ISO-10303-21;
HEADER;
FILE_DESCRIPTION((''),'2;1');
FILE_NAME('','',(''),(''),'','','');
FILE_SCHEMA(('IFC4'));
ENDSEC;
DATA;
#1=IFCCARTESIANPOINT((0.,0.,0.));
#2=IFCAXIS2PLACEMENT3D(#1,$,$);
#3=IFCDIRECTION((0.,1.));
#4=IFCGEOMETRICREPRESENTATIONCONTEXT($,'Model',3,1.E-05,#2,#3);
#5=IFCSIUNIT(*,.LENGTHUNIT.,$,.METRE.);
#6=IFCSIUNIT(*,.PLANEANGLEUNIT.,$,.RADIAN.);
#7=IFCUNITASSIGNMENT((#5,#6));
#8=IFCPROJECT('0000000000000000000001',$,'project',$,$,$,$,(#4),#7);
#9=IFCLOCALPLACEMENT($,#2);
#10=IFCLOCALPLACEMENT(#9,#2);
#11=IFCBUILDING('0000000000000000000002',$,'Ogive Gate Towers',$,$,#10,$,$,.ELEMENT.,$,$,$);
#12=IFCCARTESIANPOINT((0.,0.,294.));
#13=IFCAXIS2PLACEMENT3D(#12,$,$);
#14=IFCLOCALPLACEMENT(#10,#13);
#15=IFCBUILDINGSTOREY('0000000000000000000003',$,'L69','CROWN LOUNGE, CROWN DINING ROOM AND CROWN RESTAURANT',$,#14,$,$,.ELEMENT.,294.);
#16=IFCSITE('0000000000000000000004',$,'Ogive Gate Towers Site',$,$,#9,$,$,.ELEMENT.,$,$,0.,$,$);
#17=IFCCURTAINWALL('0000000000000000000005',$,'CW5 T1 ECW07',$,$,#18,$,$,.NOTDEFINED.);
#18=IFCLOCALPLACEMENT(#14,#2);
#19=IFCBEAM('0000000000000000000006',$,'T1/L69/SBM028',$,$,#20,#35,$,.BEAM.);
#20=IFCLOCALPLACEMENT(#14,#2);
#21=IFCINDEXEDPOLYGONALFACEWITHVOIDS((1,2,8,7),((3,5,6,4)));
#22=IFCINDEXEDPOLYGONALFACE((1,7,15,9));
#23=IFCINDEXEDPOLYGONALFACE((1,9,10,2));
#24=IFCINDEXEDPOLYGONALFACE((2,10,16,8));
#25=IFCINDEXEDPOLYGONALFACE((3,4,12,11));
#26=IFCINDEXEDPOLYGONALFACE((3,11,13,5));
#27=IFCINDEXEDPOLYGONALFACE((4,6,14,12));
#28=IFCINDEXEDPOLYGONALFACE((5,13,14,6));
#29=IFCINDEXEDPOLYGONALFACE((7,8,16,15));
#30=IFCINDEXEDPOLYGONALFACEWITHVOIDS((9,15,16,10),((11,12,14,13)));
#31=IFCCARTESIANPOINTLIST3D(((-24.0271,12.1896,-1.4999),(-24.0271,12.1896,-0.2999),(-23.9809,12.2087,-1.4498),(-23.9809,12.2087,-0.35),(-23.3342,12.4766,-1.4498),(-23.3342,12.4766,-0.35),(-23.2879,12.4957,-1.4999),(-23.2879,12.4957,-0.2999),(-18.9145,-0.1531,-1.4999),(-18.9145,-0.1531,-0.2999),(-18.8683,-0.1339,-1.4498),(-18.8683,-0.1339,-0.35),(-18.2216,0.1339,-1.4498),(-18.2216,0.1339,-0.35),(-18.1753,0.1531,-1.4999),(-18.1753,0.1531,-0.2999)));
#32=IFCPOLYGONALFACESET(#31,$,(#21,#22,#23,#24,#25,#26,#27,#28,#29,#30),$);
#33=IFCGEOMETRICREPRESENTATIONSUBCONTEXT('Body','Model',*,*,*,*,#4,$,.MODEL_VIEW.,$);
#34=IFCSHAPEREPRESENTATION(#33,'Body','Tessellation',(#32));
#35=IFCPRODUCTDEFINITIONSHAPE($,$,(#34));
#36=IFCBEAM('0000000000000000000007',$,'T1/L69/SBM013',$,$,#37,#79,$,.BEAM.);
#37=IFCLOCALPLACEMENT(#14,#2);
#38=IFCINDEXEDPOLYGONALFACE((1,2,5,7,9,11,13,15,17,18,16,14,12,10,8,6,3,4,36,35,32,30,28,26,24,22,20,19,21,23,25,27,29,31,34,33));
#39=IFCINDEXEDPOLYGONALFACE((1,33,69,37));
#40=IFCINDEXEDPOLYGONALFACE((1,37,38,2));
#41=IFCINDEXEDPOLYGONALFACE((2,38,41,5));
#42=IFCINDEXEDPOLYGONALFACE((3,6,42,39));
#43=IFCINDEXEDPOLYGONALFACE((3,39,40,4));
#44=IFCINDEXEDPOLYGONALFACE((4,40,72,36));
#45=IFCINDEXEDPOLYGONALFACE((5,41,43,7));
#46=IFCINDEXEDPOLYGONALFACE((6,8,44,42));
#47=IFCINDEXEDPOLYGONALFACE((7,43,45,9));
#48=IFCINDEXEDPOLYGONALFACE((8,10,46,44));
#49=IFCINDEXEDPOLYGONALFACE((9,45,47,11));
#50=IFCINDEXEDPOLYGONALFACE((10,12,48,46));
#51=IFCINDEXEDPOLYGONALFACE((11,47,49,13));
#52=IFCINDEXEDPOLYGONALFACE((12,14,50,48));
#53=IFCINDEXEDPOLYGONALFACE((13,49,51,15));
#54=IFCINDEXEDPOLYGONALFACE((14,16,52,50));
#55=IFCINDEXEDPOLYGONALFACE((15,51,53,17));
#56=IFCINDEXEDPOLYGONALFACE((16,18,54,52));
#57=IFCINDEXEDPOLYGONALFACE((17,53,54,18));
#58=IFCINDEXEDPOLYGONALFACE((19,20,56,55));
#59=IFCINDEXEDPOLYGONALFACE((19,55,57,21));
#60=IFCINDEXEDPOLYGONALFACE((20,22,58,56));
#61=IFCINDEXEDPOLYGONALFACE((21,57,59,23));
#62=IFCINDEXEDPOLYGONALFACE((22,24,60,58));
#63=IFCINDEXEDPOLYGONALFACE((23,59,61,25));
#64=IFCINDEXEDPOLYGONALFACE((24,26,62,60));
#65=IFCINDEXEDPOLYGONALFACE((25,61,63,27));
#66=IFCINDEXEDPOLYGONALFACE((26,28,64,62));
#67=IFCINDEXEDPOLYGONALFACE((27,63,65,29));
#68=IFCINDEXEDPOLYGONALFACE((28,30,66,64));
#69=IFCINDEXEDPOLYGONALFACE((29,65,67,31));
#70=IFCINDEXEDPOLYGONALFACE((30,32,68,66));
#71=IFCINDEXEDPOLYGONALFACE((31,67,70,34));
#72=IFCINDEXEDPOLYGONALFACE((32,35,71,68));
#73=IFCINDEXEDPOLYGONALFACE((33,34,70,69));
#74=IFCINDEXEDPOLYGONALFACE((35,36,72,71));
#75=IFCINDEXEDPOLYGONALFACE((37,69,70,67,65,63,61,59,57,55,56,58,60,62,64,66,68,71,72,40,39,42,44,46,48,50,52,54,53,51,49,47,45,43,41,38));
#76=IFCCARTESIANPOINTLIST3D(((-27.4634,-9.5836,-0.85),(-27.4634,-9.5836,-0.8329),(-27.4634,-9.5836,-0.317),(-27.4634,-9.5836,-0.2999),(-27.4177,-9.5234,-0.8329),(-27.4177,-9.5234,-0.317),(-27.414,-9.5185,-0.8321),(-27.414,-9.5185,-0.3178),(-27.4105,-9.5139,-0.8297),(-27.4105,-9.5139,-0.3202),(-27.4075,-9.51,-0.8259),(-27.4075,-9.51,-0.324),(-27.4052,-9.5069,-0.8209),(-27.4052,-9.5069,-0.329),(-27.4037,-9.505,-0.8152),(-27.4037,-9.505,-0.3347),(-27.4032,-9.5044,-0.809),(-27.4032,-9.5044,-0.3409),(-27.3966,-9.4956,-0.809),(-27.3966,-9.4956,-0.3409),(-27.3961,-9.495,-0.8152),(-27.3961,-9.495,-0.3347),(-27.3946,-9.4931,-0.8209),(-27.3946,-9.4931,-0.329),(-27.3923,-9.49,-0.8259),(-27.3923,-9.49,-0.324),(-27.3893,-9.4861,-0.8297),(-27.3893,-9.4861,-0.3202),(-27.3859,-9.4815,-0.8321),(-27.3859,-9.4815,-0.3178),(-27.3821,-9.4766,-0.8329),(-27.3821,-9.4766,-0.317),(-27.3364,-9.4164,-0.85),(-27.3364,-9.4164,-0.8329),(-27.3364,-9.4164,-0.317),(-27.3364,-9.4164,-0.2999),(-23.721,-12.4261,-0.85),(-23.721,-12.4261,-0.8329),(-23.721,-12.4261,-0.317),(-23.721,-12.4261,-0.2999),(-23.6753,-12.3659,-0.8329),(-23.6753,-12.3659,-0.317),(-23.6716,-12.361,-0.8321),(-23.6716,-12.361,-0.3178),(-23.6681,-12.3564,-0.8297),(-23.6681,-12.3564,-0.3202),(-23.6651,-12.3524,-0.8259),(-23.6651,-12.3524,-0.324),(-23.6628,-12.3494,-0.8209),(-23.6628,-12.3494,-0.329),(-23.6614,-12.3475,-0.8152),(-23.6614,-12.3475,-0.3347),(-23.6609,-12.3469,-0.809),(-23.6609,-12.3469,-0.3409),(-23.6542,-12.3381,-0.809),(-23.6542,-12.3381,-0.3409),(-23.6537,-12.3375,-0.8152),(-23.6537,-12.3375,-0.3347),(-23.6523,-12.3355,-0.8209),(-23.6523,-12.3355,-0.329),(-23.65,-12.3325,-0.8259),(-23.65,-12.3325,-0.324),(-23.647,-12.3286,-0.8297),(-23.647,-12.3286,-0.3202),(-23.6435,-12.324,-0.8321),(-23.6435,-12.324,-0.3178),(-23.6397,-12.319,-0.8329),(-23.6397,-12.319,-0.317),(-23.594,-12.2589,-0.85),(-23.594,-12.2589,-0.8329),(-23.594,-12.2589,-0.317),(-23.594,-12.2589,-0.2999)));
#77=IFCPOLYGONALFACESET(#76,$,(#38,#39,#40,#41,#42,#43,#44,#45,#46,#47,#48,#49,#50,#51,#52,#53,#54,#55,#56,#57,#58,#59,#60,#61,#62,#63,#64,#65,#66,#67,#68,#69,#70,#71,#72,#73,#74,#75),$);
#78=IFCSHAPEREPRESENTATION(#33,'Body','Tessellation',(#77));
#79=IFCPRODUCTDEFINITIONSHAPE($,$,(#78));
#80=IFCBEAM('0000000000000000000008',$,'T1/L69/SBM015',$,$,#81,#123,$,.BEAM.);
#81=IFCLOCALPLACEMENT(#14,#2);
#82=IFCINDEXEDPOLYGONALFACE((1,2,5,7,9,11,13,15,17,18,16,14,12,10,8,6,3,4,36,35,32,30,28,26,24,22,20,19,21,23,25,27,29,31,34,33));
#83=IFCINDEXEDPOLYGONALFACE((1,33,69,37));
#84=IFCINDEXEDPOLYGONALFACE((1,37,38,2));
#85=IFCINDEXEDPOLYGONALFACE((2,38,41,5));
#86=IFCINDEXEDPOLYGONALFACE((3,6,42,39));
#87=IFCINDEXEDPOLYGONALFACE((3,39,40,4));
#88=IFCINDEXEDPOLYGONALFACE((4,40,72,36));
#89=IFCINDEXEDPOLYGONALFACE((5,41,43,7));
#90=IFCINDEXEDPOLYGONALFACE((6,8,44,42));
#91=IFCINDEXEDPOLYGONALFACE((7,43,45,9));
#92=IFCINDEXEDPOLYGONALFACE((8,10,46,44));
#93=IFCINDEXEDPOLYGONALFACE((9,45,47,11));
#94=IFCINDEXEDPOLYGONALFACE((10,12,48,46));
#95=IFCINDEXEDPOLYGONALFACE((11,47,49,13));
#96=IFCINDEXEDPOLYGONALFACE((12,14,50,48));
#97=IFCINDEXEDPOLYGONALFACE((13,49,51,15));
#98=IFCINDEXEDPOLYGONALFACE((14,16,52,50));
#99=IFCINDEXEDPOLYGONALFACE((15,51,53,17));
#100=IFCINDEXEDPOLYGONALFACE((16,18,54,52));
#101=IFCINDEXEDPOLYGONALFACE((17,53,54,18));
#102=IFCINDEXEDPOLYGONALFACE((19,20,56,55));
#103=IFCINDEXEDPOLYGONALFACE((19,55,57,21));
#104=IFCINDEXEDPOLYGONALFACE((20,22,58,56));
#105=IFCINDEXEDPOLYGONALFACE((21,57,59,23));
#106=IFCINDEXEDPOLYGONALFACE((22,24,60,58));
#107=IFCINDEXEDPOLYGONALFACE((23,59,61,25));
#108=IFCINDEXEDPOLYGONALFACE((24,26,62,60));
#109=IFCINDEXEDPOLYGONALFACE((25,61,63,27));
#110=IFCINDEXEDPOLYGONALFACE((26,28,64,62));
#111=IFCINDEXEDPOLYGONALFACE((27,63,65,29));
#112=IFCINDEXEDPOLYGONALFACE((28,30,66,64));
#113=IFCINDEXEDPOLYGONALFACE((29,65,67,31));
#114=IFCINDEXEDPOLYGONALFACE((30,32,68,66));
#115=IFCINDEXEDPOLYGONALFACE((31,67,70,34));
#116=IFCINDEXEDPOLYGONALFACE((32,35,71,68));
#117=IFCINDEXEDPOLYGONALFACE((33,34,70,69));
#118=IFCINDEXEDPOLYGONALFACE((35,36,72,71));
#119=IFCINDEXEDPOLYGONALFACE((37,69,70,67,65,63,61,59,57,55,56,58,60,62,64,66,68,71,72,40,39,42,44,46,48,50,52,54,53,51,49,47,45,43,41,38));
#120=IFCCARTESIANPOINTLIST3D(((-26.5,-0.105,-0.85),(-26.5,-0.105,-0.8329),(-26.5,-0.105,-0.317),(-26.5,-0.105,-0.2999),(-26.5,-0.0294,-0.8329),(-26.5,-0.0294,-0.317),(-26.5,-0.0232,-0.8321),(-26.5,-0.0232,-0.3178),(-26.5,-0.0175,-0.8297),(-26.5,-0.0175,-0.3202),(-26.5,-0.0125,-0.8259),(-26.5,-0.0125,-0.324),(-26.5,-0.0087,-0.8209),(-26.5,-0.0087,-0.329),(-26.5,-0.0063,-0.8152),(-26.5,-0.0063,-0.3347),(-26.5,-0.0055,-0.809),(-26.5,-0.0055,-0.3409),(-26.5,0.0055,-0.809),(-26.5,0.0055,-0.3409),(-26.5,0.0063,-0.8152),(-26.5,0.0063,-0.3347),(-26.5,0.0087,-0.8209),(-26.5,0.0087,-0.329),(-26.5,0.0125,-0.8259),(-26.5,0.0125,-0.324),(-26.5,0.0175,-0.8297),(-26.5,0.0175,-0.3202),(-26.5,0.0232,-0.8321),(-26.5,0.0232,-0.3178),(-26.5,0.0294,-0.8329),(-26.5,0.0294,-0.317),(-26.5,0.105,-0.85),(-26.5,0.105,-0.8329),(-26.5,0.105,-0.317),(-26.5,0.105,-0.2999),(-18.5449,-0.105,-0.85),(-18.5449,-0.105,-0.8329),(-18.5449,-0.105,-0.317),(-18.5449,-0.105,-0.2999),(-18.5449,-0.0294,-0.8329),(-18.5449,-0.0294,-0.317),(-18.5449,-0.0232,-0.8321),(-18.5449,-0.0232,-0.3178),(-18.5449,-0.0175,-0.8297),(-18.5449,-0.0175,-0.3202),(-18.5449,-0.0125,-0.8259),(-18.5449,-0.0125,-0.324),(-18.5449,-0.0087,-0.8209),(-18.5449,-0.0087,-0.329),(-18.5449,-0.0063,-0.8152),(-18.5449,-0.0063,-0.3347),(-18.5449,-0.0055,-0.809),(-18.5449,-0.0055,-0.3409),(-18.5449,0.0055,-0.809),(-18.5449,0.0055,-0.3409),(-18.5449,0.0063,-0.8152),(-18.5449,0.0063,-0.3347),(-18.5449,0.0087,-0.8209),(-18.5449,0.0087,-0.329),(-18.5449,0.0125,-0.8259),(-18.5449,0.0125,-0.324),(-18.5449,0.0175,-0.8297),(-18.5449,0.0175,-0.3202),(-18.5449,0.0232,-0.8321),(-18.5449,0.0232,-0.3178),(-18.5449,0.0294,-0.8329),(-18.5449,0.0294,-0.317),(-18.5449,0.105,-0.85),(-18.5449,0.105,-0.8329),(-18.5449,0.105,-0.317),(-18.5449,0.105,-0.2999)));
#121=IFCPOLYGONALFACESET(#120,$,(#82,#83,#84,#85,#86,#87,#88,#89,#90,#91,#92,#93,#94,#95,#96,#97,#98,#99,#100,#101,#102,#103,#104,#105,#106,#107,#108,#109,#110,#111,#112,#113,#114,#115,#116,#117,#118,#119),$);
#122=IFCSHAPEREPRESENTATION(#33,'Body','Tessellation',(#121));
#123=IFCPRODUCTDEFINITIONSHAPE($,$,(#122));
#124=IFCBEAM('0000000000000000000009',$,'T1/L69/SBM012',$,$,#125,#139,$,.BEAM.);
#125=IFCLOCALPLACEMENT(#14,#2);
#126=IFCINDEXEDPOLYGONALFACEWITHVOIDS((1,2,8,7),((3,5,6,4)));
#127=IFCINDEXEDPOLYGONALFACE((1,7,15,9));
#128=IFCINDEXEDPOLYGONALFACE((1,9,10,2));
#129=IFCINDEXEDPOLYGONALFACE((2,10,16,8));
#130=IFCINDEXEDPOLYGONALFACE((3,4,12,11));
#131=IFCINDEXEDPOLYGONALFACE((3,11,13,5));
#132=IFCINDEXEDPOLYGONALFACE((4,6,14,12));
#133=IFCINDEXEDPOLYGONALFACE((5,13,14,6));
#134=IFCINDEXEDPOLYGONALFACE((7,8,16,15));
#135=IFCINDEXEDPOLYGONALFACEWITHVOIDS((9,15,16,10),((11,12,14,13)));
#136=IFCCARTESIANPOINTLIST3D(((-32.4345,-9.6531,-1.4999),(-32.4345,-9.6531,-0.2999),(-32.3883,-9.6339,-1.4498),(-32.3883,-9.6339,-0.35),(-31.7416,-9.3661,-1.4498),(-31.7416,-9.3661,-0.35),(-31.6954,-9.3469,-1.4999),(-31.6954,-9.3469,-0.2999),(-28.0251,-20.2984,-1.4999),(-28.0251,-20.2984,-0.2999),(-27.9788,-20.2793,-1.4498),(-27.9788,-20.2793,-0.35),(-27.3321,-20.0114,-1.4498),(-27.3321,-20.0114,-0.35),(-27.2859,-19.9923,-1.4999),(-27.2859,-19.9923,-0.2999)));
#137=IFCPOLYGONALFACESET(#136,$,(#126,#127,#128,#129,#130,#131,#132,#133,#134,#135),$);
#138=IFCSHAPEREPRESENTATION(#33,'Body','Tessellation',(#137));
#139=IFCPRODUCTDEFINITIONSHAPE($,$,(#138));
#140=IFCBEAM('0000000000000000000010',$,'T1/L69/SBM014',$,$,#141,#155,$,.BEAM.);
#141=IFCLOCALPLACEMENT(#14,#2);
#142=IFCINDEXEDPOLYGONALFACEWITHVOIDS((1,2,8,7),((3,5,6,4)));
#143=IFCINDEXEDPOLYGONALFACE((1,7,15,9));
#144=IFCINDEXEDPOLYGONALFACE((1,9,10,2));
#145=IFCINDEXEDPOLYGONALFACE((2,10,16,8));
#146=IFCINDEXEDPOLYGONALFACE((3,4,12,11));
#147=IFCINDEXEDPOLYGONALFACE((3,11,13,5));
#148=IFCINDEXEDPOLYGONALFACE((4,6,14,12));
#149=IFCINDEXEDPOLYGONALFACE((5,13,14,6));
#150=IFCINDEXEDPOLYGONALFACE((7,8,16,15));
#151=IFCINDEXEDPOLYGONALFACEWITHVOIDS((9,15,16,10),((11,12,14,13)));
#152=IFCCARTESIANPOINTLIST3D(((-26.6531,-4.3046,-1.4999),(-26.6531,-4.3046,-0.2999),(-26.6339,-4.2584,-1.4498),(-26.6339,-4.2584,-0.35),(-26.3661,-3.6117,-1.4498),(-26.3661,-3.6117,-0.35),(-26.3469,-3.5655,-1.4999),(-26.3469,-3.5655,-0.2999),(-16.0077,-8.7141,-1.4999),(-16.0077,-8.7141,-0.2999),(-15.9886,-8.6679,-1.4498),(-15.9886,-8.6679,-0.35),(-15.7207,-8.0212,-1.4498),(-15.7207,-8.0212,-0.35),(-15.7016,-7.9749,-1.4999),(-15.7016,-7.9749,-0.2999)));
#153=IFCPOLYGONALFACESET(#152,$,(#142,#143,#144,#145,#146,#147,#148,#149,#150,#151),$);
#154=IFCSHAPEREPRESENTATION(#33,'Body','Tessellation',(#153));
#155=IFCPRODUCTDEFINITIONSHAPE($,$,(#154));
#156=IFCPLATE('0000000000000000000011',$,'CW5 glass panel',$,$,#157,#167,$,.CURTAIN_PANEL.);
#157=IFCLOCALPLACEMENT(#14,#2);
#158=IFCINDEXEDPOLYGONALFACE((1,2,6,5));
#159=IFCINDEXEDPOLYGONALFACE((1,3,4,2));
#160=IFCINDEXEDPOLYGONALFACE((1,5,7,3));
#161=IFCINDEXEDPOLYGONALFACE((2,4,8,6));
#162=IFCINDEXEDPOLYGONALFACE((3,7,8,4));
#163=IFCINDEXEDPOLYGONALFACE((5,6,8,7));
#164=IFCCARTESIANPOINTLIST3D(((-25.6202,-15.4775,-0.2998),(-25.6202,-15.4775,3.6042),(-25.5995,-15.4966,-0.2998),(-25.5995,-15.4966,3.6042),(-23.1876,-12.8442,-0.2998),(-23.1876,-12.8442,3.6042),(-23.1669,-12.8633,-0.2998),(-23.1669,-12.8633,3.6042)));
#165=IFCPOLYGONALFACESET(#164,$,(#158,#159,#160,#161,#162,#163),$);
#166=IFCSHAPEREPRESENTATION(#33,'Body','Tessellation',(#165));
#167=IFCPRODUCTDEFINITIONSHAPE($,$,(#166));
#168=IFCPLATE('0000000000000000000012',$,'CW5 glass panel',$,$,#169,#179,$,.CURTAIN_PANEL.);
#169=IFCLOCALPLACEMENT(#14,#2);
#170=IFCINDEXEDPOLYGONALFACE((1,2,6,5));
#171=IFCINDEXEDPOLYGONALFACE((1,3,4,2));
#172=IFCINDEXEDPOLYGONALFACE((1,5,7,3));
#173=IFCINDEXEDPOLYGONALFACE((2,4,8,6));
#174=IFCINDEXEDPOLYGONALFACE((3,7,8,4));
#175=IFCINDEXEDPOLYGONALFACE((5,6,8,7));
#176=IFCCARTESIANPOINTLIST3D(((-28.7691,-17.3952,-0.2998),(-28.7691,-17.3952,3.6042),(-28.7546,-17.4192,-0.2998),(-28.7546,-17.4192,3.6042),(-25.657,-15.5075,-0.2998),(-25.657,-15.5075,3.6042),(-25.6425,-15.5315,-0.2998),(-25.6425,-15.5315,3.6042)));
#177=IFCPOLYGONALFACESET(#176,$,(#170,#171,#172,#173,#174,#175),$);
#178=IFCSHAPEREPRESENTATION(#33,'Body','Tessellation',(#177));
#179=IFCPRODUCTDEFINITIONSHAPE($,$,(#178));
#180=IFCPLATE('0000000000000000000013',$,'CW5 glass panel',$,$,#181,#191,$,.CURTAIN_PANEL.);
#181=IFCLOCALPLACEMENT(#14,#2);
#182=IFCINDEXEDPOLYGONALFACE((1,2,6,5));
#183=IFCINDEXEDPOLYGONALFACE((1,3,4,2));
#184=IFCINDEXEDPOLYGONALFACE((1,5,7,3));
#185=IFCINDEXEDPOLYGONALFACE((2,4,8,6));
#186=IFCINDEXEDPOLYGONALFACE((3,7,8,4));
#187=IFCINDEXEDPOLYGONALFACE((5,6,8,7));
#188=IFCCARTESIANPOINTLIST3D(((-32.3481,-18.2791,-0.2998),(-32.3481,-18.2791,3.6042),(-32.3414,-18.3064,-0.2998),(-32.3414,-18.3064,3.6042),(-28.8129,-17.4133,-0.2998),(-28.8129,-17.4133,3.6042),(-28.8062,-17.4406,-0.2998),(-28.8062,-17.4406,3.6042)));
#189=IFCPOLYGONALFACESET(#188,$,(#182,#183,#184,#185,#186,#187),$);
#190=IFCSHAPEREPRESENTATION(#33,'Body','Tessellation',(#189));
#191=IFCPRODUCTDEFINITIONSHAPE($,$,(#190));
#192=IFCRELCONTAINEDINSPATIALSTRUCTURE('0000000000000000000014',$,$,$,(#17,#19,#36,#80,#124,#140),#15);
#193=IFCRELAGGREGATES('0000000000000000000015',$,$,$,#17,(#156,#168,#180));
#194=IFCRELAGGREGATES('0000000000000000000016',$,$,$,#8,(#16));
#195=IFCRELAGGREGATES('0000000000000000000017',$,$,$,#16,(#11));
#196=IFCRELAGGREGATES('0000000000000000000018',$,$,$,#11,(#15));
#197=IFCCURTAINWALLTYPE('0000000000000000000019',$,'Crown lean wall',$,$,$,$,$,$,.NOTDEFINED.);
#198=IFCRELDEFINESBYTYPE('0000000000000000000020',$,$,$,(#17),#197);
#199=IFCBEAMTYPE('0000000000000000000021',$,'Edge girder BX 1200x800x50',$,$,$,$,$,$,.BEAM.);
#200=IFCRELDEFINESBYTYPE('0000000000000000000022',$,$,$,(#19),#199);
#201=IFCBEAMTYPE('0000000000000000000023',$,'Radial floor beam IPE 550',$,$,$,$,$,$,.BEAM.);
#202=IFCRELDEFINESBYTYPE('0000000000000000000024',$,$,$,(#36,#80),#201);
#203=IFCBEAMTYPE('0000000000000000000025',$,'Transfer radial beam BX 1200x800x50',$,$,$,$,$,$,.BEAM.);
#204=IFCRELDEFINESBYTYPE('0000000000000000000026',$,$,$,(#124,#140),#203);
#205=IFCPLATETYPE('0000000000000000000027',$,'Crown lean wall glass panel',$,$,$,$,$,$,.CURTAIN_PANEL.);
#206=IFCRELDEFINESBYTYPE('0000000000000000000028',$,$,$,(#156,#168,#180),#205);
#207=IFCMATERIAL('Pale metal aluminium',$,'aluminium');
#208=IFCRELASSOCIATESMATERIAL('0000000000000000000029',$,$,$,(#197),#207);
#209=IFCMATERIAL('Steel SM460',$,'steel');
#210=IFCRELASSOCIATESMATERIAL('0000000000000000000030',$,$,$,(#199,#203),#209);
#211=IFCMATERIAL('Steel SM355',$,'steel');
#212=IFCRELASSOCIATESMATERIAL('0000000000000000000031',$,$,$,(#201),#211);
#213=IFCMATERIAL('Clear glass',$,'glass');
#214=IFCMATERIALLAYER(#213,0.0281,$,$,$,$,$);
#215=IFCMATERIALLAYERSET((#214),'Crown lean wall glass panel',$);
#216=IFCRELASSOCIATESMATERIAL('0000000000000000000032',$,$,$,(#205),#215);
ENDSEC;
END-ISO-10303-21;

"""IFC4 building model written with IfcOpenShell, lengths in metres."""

from ifc_helpers import new_model, si_unit, direction, frame, origin, origin_2d, place, context, subcontext, project, spatial, rectangle, hollow_rectangle, i_section, extrude, material, layer, layer_set, material_profile, profile_set, type_object, element, aggregate, save


model = new_model("IFC4")

# Units and contexts
model_context = context("Model", 3, precision=1e-05, world=origin(), true_north=direction((0.0, 1.0)))
body_context = subcontext(model_context, "Body", "Model", "MODEL_VIEW")
ifc_project = project(units=[si_unit("LENGTHUNIT", "METRE"), si_unit("PLANEANGLEUNIT", "RADIAN")], contexts=[model_context])

# Site, building, storey
site_placement = place(None, origin())
site = spatial("IfcSite", under=ifc_project, at=site_placement, Name="Ogive Gate Towers Site", CompositionType="ELEMENT", RefElevation=0.0)
building_placement = place(site_placement, origin())
building = spatial("IfcBuilding", under=site, at=building_placement, Name="Ogive Gate Towers", CompositionType="ELEMENT")
storey_placement = place(building_placement, frame((0.0, 0.0, 294.0)))
storey = spatial("IfcBuildingStorey", under=building, at=storey_placement, Name="L69", Description="CROWN LOUNGE, CROWN DINING ROOM AND CROWN RESTAURANT", CompositionType="ELEMENT", Elevation=294.0)

# Shared definitions
ifc_material_1 = material(Name="Steel SM460", Category="steel")

# Shared definitions
ifc_material_2 = material(Name="Pale metal aluminium", Category="aluminium")
curtain_wall_type = type_object("IfcCurtainWallType", Name="Crown lean wall", PredefinedType="NOTDEFINED", material=ifc_material_2)

# Curtain wall
curtain_wall_1_placement = place(storey_placement, origin())
curtain_wall_1 = element("IfcCurtainWall", 1, at=curtain_wall_1_placement, inside=storey, type_object=curtain_wall_type, Name="CW5 T1 ECW07", PredefinedType="NOTDEFINED")

# Beams
ifc_material_profile_1 = material_profile(ifc_material_1, hollow_rectangle(XDim=0.8, YDim=1.2, WallThickness=0.05, at=origin_2d()), Name="BX 1200x800x50")
ifc_profile_set_1 = profile_set([ifc_material_profile_1], Name="Steel SM460")
beam_type_1 = type_object("IfcBeamType", Name="Edge girder BX 1200x800x50", PredefinedType="BEAM", material=ifc_profile_set_1)
for number, where, z_axis, x_axis, name in (
    (2, (-18.5449, 0.0, -0.8999), (-0.38269, 0.923877, 0.0), (-0.923877, -0.38269, 0.0), "T1/L69/SBM028"),
):
    element("IfcBeam", number, at=place(storey_placement, frame(where, z_axis=z_axis, x_axis=x_axis)), inside=storey, type_object=beam_type_1, Name=name, PredefinedType="BEAM", context=body_context, shape_type="SweptSolid", body=[
        extrude(hollow_rectangle(XDim=0.8, YDim=1.2, WallThickness=0.05, at=origin_2d()), origin(), (0.0, 0.0, 1.0), 13.3596),
    ])
ifc_material_3 = material(Name="Steel SM355", Category="steel")
ifc_material_profile_2 = material_profile(ifc_material_3, i_section(OverallWidth=0.21, OverallDepth=0.55, WebThickness=0.011, FlangeThickness=0.0171, FilletRadius=0.0239, at=origin_2d()), Name="IPE 550")
ifc_profile_set_2 = profile_set([ifc_material_profile_2], Name="Steel SM355")
beam_type_2 = type_object("IfcBeamType", Name="Radial floor beam IPE 550", PredefinedType="BEAM", material=ifc_profile_set_2)
beam_1_placement = place(storey_placement, frame((-27.3999, -9.5, -0.575), z_axis=(0.796338, -0.604851, 0.0), x_axis=(0.604851, 0.796338, 0.0)))
element("IfcBeam", 3, at=beam_1_placement, inside=storey, type_object=beam_type_2, Name="T1/L69/SBM013", PredefinedType="BEAM", context=body_context, shape_type="SweptSolid", body=[
    extrude(i_section(OverallWidth=0.21, OverallDepth=0.55, WebThickness=0.011, FlangeThickness=0.0171, FilletRadius=0.0239, at=origin_2d()), origin(), (0.0, 0.0, 1.0), 4.6995),
])
beam_2_placement = place(storey_placement, frame((-26.5, 0.0, -0.575), z_axis=(1.0, 0.0, 0.0), x_axis=(0.0, 1.0, 0.0)))
element("IfcBeam", 4, at=beam_2_placement, inside=storey, type_object=beam_type_2, Name="T1/L69/SBM015", PredefinedType="BEAM", context=body_context, shape_type="SweptSolid", body=[
    extrude(i_section(OverallWidth=0.21, OverallDepth=0.55, WebThickness=0.011, FlangeThickness=0.0171, FilletRadius=0.0239, at=origin_2d()), origin(), (0.0, 0.0, 1.0), 7.9551),
])
ifc_material_profile_3 = material_profile(ifc_material_1, hollow_rectangle(XDim=0.8, YDim=1.2, WallThickness=0.05, at=origin_2d()), Name="BX 1200x800x50")
ifc_profile_set_3 = profile_set([ifc_material_profile_3], Name="Steel SM460")
beam_type_3 = type_object("IfcBeamType", Name="Transfer radial beam BX 1200x800x50", PredefinedType="BEAM", material=ifc_profile_set_3)
for number, where, z_axis, x_axis, name in (
    (5, (-32.0649, -9.5, -0.8999), (0.382684, -0.923879, 0.0), (0.923879, 0.382684, 0.0), "T1/L69/SBM012"),
    (6, (-26.5, -3.9351, -0.8999), (0.923879, -0.382684, 0.0), (0.382684, 0.923879, 0.0), "T1/L69/SBM014"),
):
    element("IfcBeam", number, at=place(storey_placement, frame(where, z_axis=z_axis, x_axis=x_axis)), inside=storey, type_object=beam_type_3, Name=name, PredefinedType="BEAM", context=body_context, shape_type="SweptSolid", body=[
        extrude(hollow_rectangle(XDim=0.8, YDim=1.2, WallThickness=0.05, at=origin_2d()), origin(), (0.0, 0.0, 1.0), 11.5225),
    ])

# Plates
ifc_material_4 = material(Name="Clear glass", Category="glass")
ifc_layer = layer(ifc_material_4, 0.0281)
ifc_layer_set = layer_set([ifc_layer], Name="Crown lean wall glass panel")
plate_type = type_object("IfcPlateType", Name="Crown lean wall glass panel", PredefinedType="CURTAIN_PANEL", material=ifc_layer_set)
plate_1_placement = place(storey_placement, frame((-24.3936, -14.1704, -0.2998), z_axis=(0.0, 0.0, 1.0), x_axis=(-0.678557, -0.734548, 0.0)))
plate_1 = element("IfcPlate", 7, at=plate_1_placement, type_object=plate_type, Name="CW5 glass panel", PredefinedType="CURTAIN_PANEL", context=body_context, shape_type="SweptSolid", body=[
    extrude(rectangle(XDim=3.585, YDim=0.0281, at=origin_2d()), origin(), (0.0, 0.0, 1.0), 3.9041),
])
plate_2_placement = place(storey_placement, frame((-27.2058, -16.4634, -0.2998), z_axis=(0.0, 0.0, 1.0), x_axis=(-0.855002, -0.518624, 0.0)))
plate_2 = element("IfcPlate", 8, at=plate_2_placement, type_object=plate_type, Name="CW5 glass panel", PredefinedType="CURTAIN_PANEL", context=body_context, shape_type="SweptSolid", body=[
    extrude(rectangle(XDim=3.6399, YDim=0.0281, at=origin_2d()), origin(), (0.0, 0.0, 1.0), 3.9041),
])
plate_3_placement = place(storey_placement, frame((-30.5771, -17.8599, -0.2998), z_axis=(0.0, 0.0, 1.0), x_axis=(-0.971296, -0.237872, 0.0)))
plate_3 = element("IfcPlate", 9, at=plate_3_placement, type_object=plate_type, Name="CW5 glass panel", PredefinedType="CURTAIN_PANEL", context=body_context, shape_type="SweptSolid", body=[
    extrude(rectangle(XDim=3.6396, YDim=0.0281, at=origin_2d()), origin(), (0.0, 0.0, 1.0), 3.9041),
])
aggregate(curtain_wall_1, [plate_1, plate_2, plate_3])

save(model, "model.ifc")
